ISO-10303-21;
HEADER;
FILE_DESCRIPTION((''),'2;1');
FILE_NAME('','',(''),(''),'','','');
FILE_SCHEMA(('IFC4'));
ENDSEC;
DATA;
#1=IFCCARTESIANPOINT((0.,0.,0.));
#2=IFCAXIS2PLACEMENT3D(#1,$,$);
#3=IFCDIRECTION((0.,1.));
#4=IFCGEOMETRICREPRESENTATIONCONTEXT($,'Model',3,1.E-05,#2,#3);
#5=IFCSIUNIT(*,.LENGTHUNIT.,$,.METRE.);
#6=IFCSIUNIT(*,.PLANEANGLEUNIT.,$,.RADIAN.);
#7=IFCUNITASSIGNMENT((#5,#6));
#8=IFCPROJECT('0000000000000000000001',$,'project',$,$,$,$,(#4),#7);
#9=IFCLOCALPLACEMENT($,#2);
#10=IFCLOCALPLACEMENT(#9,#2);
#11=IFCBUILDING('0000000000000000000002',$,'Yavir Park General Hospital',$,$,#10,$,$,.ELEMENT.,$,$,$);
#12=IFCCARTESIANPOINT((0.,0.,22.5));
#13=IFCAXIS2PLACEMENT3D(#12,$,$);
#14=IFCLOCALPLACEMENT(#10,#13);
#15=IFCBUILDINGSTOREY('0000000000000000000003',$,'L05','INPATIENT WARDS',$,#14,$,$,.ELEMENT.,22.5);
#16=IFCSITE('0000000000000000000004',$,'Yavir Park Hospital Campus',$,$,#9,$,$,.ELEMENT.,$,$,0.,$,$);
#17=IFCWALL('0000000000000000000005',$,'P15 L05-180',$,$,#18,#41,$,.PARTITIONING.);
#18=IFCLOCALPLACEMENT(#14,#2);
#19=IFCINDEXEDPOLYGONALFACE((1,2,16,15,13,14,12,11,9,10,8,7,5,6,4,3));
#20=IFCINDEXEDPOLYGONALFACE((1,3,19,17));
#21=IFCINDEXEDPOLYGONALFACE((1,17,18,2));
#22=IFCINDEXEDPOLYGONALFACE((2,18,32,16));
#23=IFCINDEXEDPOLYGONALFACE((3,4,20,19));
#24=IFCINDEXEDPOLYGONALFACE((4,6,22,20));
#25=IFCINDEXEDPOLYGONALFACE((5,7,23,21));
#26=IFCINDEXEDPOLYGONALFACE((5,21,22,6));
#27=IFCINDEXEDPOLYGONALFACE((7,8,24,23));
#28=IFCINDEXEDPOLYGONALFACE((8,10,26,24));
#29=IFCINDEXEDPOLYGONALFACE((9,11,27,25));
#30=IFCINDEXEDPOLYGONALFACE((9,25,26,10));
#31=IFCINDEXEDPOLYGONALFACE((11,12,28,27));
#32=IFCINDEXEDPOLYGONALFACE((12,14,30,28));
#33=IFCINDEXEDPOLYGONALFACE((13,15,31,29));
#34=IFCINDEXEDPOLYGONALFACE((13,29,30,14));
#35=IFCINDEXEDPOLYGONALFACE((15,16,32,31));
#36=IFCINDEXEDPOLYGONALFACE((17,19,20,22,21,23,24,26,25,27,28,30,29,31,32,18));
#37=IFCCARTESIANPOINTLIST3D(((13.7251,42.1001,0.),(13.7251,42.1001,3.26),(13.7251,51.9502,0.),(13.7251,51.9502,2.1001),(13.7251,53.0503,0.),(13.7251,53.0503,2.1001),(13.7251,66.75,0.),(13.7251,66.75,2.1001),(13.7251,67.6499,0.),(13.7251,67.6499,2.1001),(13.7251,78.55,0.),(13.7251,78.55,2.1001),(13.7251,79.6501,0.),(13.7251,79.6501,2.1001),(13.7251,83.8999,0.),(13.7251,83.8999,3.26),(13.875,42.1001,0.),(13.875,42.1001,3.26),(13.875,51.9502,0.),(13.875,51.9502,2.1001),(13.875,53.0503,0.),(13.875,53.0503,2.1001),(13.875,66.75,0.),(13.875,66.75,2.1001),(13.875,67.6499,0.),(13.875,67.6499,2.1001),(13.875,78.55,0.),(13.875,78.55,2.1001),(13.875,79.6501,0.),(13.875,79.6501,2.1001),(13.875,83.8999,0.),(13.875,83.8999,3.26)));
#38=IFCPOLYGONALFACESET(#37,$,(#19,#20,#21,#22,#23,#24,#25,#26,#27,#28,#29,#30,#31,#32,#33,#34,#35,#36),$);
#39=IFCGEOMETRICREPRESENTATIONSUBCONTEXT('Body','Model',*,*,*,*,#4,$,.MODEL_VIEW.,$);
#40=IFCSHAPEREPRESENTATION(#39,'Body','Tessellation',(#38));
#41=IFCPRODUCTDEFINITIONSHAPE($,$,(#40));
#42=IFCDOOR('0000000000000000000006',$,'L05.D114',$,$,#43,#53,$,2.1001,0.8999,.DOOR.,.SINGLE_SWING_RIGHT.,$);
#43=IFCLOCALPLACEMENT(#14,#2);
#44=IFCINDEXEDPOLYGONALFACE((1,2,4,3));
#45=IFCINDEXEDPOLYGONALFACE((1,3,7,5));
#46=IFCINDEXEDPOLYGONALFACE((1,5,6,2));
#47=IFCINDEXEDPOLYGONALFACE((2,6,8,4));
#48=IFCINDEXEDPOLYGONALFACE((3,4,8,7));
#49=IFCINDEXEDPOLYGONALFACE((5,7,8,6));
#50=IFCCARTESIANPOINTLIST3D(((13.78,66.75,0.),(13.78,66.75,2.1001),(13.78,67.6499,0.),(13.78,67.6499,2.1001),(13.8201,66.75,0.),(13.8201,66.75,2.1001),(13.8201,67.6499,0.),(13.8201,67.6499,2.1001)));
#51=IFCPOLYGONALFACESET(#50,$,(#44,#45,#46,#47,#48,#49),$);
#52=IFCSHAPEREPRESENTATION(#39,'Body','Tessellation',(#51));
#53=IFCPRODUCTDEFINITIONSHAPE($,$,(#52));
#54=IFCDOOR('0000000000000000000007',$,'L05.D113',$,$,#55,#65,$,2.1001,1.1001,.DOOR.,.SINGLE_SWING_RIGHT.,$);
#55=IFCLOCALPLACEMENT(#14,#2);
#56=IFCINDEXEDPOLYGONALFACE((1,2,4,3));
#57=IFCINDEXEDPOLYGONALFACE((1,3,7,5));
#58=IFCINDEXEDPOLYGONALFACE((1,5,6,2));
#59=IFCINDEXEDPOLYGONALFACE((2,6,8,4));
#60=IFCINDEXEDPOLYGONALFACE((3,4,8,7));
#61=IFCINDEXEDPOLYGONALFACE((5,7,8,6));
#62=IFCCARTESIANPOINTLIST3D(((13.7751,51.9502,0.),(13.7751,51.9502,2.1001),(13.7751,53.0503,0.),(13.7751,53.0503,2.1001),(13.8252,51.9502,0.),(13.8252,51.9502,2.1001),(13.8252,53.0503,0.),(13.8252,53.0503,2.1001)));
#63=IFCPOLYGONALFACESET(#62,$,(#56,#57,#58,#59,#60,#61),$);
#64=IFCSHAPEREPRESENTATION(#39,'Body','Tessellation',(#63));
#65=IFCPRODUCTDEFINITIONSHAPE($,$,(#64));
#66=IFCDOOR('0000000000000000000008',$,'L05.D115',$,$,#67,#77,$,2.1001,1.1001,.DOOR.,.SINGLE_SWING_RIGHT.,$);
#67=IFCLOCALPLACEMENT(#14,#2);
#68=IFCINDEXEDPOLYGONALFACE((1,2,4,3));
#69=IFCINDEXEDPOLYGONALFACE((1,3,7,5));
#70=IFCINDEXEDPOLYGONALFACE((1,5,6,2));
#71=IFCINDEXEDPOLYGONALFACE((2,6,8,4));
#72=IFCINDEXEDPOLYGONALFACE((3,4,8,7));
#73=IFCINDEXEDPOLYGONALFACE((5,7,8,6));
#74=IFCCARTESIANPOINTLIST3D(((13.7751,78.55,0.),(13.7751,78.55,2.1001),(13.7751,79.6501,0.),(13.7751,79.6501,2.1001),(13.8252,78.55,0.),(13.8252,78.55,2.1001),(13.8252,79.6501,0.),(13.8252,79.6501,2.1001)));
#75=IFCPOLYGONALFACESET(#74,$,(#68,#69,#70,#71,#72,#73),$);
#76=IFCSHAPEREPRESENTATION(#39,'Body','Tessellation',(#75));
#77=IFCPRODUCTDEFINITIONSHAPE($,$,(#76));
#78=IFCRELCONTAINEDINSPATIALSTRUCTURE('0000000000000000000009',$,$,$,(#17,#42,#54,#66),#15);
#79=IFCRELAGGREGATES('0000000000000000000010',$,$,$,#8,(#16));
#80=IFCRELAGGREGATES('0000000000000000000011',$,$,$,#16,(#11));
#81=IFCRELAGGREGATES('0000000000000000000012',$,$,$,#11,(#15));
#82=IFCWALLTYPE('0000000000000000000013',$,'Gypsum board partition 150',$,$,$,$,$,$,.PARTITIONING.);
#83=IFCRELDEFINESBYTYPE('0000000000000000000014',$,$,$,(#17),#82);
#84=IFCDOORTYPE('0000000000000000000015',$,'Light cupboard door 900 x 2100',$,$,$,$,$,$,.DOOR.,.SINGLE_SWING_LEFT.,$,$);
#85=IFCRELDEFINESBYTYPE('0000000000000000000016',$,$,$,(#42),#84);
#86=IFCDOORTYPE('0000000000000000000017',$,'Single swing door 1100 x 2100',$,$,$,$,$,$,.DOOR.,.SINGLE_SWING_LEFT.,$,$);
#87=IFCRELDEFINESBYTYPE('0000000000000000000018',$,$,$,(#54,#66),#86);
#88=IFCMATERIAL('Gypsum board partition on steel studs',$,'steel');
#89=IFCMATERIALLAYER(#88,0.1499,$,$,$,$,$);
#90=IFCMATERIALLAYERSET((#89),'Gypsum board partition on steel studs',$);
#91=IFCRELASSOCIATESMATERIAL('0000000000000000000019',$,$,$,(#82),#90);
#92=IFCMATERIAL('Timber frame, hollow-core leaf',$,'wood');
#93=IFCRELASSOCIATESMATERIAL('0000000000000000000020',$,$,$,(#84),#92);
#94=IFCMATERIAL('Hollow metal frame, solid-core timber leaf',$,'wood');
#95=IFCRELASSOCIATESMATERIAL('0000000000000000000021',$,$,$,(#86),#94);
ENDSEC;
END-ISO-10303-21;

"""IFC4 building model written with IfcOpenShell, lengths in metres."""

from ifc_helpers import new_model, si_unit, direction, frame, frame_2d, origin, place, context, subcontext, project, spatial, rectangle, extrude, material, layer, layer_set, type_object, element, fill, save


model = new_model("IFC4")

# Units and contexts
model_context = context("Model", 3, precision=1e-05, world=origin(), true_north=direction((0.0, 1.0)))
body_context = subcontext(model_context, "Body", "Model", "MODEL_VIEW")
ifc_project = project(units=[si_unit("LENGTHUNIT", "METRE"), si_unit("PLANEANGLEUNIT", "RADIAN")], contexts=[model_context])

# Site, building, storey
site_placement = place(None, origin())
site = spatial("IfcSite", under=ifc_project, at=site_placement, Name="Yavir Park Hospital Campus", CompositionType="ELEMENT", RefElevation=0.0)
building_placement = place(site_placement, origin())
building = spatial("IfcBuilding", under=site, at=building_placement, Name="Yavir Park General Hospital", CompositionType="ELEMENT")
storey_placement = place(building_placement, frame((0.0, 0.0, 22.5)))
storey = spatial("IfcBuildingStorey", under=building, at=storey_placement, Name="L05", Description="INPATIENT WARDS", CompositionType="ELEMENT", Elevation=22.5)

# Shared definitions
ifc_material_1 = material(Name="Gypsum board partition on steel studs", Category="steel")
ifc_layer_1 = layer(ifc_material_1, 0.1499)
ifc_layer_set_1 = layer_set([ifc_layer_1], Name="Gypsum board partition on steel studs")
wall_type_1 = type_object("IfcWallType", Name="Gypsum board partition 150", PredefinedType="PARTITIONING", material=ifc_layer_set_1)

# Wall, openings, doors
ifc_material_2 = material(Name="Timber frame, hollow-core leaf", Category="wood")
door_type_1 = type_object("IfcDoorType", Name="Light cupboard door 900 x 2100", OperationType="SINGLE_SWING_LEFT", PredefinedType="DOOR", material=ifc_material_2)
ifc_material_3 = material(Name="Hollow metal frame, solid-core timber leaf", Category="wood")
door_type_2 = type_object("IfcDoorType", Name="Single swing door 1100 x 2100", OperationType="SINGLE_SWING_LEFT", PredefinedType="DOOR", material=ifc_material_3)
wall_1_placement = place(storey_placement, frame((13.8, 42.1001, 0.0), z_axis=(0.0, 0.0, 1.0), x_axis=(0.0, 1.0, 0.0)))
wall_1 = element("IfcWall", 1, at=wall_1_placement, inside=storey, type_object=wall_type_1, Name="P15 L05-180", PredefinedType="PARTITIONING", context=body_context, shape_type="SweptSolid", body=[
    extrude(rectangle(XDim=41.7998, YDim=0.1499, at=frame_2d((20.8999, 0.0))), origin(), (0.0, 0.0, 1.0), 3.26),
])
opening_1_placement = place(wall_1_placement, frame((9.8501, 0.0, 0.0)))
opening_1 = element("IfcOpeningElement", 2, at=opening_1_placement, cuts=wall_1, PredefinedType="OPENING", context=body_context, shape_type="SweptSolid", body=[
    extrude(rectangle(XDim=1.1001, YDim=2.1001, at=frame_2d((0.55, 1.05))), frame((0.0, 0.085, 0.0), z_axis=(0.0, -1.0, 0.0), x_axis=(1.0, 0.0, 0.0)), (0.0, 0.0, 1.0), 0.1699),
])
opening_2_placement = place(wall_1_placement, frame((24.6499, 0.0, 0.0)))
opening_2 = element("IfcOpeningElement", 3, at=opening_2_placement, cuts=wall_1, PredefinedType="OPENING", context=body_context, shape_type="SweptSolid", body=[
    extrude(rectangle(XDim=0.8999, YDim=2.1001, at=frame_2d((0.45, 1.05))), frame((0.0, 0.085, 0.0), z_axis=(0.0, -1.0, 0.0), x_axis=(1.0, 0.0, 0.0)), (0.0, 0.0, 1.0), 0.1699),
])
opening_3_placement = place(wall_1_placement, frame((36.45, 0.0, 0.0)))
opening_3 = element("IfcOpeningElement", 4, at=opening_3_placement, cuts=wall_1, PredefinedType="OPENING", context=body_context, shape_type="SweptSolid", body=[
    extrude(rectangle(XDim=1.1001, YDim=2.1001, at=frame_2d((0.55, 1.05))), frame((0.0, 0.085, 0.0), z_axis=(0.0, -1.0, 0.0), x_axis=(1.0, 0.0, 0.0)), (0.0, 0.0, 1.0), 0.1699),
])
door_1_placement = place(opening_2_placement, origin())
door_1 = element("IfcDoor", 5, at=door_1_placement, inside=storey, type_object=door_type_1, Name="L05.D114", OperationType="SINGLE_SWING_RIGHT", OverallHeight=2.1001, OverallWidth=0.8999, PredefinedType="DOOR", context=body_context, shape_type="SweptSolid", body=[
    extrude(rectangle(XDim=0.8999, YDim=2.1001, at=frame_2d((0.45, 1.05))), frame((0.0, 0.02, 0.0), z_axis=(0.0, -1.0, 0.0), x_axis=(1.0, 0.0, 0.0)), (0.0, 0.0, 1.0), 0.04),
])
fill(opening_2, door_1)
door_2_placement = place(opening_1_placement, origin())
door_2 = element("IfcDoor", 6, at=door_2_placement, inside=storey, type_object=door_type_2, Name="L05.D113", OperationType="SINGLE_SWING_RIGHT", OverallHeight=2.1001, OverallWidth=1.1001, PredefinedType="DOOR", context=body_context, shape_type="SweptSolid", body=[
    extrude(rectangle(XDim=1.1001, YDim=2.1001, at=frame_2d((0.55, 1.05))), frame((0.0, 0.0249, 0.0), z_axis=(0.0, -1.0, 0.0), x_axis=(1.0, 0.0, 0.0)), (0.0, 0.0, 1.0), 0.05),
])
fill(opening_1, door_2)
door_3_placement = place(opening_3_placement, origin())
door_3 = element("IfcDoor", 7, at=door_3_placement, inside=storey, type_object=door_type_2, Name="L05.D115", OperationType="SINGLE_SWING_RIGHT", OverallHeight=2.1001, OverallWidth=1.1001, PredefinedType="DOOR", context=body_context, shape_type="SweptSolid", body=[
    extrude(rectangle(XDim=1.1001, YDim=2.1001, at=frame_2d((0.55, 1.05))), frame((0.0, 0.0249, 0.0), z_axis=(0.0, -1.0, 0.0), x_axis=(1.0, 0.0, 0.0)), (0.0, 0.0, 1.0), 0.05),
])
fill(opening_3, door_3)

save(model, "model.ifc")
